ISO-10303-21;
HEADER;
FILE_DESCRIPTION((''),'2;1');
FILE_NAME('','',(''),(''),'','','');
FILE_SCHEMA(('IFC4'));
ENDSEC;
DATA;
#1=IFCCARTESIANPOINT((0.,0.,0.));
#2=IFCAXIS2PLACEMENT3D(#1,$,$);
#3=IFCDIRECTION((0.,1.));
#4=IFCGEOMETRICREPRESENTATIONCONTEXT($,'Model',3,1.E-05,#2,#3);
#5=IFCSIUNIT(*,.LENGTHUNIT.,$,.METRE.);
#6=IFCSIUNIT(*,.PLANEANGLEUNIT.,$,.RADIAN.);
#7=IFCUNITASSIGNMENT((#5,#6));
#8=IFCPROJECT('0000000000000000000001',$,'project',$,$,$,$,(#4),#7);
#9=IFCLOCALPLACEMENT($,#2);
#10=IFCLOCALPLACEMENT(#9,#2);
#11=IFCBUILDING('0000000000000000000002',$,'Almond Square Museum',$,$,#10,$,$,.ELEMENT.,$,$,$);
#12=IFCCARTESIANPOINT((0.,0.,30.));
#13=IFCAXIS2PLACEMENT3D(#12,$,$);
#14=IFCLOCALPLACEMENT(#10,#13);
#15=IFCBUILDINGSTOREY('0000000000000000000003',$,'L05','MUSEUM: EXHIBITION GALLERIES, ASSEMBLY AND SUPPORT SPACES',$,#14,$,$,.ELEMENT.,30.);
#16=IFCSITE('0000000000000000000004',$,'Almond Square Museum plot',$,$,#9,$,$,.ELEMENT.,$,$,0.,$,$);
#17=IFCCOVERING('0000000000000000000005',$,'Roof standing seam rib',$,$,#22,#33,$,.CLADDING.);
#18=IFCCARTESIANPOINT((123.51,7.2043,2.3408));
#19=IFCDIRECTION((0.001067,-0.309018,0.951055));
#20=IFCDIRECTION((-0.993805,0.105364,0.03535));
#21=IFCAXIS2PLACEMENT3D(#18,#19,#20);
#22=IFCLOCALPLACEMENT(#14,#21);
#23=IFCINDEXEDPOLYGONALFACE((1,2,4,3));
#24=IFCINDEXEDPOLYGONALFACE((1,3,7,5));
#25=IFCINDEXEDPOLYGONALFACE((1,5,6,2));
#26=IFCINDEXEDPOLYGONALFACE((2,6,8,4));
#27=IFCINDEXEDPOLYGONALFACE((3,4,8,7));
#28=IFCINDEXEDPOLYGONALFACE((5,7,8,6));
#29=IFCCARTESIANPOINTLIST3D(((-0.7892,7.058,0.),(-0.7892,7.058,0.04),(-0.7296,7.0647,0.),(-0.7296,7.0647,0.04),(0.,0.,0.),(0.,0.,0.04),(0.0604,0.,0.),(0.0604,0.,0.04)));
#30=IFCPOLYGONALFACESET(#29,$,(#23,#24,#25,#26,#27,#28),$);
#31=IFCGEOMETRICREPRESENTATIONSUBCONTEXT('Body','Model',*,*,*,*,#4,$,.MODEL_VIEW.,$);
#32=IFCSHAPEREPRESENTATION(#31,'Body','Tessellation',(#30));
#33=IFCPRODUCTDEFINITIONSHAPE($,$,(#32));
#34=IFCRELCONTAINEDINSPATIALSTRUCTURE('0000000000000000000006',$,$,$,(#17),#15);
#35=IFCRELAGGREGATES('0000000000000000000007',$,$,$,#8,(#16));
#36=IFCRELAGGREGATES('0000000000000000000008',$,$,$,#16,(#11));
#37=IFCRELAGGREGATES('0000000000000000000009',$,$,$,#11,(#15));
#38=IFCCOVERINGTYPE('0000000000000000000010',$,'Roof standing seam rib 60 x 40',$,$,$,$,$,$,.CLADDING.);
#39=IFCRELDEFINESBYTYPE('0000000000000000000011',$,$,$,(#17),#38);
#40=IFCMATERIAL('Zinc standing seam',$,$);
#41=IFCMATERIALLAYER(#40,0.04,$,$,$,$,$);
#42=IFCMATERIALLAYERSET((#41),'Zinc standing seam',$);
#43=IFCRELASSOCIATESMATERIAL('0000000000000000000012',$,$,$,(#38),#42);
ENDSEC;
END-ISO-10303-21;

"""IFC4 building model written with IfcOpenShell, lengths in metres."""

from ifc_helpers import new_model, si_unit, direction, frame, origin, place, context, subcontext, project, spatial, polyline, outline, extrude, material, layer, layer_set, type_object, element, save


model = new_model("IFC4")

# Units and contexts
model_context = context("Model", 3, precision=1e-05, world=origin(), true_north=direction((0.0, 1.0)))
body_context = subcontext(model_context, "Body", "Model", "MODEL_VIEW")
ifc_project = project(units=[si_unit("LENGTHUNIT", "METRE"), si_unit("PLANEANGLEUNIT", "RADIAN")], contexts=[model_context])

# Site, building, storey
site_placement = place(None, origin())
site = spatial("IfcSite", under=ifc_project, at=site_placement, Name="Almond Square Museum plot", CompositionType="ELEMENT", RefElevation=0.0)
building_placement = place(site_placement, origin())
building = spatial("IfcBuilding", under=site, at=building_placement, Name="Almond Square Museum", CompositionType="ELEMENT")
storey_placement = place(building_placement, frame((0.0, 0.0, 30.0)))
storey = spatial("IfcBuildingStorey", under=building, at=storey_placement, Name="L05", Description="MUSEUM: EXHIBITION GALLERIES, ASSEMBLY AND SUPPORT SPACES", CompositionType="ELEMENT", Elevation=30.0)

# Covering
ifc_material_1 = material(Name="Zinc standing seam")
ifc_layer_1 = layer(ifc_material_1, 0.04)
ifc_layer_set_1 = layer_set([ifc_layer_1], Name="Zinc standing seam")
covering_type_1 = type_object("IfcCoveringType", Name="Roof standing seam rib 60 x 40", PredefinedType="CLADDING", material=ifc_layer_set_1)
covering_1_placement = place(storey_placement, frame((123.51, 7.2043, 2.3408), z_axis=(0.001067, -0.309018, 0.951055), x_axis=(-0.993805, 0.105364, 0.03535)))
element("IfcCovering", 1, at=covering_1_placement, inside=storey, type_object=covering_type_1, Name="Roof standing seam rib", PredefinedType="CLADDING", context=body_context, shape_type="SweptSolid", body=[
    extrude(outline(polyline([(0.0, 0.0), (0.0604, 0.0), (-0.7296, 7.0647), (-0.7892, 7.058), (0.0, 0.0)])), origin(), (0.0, 0.0, 1.0), 0.04),
])

save(model, "model.ifc")
